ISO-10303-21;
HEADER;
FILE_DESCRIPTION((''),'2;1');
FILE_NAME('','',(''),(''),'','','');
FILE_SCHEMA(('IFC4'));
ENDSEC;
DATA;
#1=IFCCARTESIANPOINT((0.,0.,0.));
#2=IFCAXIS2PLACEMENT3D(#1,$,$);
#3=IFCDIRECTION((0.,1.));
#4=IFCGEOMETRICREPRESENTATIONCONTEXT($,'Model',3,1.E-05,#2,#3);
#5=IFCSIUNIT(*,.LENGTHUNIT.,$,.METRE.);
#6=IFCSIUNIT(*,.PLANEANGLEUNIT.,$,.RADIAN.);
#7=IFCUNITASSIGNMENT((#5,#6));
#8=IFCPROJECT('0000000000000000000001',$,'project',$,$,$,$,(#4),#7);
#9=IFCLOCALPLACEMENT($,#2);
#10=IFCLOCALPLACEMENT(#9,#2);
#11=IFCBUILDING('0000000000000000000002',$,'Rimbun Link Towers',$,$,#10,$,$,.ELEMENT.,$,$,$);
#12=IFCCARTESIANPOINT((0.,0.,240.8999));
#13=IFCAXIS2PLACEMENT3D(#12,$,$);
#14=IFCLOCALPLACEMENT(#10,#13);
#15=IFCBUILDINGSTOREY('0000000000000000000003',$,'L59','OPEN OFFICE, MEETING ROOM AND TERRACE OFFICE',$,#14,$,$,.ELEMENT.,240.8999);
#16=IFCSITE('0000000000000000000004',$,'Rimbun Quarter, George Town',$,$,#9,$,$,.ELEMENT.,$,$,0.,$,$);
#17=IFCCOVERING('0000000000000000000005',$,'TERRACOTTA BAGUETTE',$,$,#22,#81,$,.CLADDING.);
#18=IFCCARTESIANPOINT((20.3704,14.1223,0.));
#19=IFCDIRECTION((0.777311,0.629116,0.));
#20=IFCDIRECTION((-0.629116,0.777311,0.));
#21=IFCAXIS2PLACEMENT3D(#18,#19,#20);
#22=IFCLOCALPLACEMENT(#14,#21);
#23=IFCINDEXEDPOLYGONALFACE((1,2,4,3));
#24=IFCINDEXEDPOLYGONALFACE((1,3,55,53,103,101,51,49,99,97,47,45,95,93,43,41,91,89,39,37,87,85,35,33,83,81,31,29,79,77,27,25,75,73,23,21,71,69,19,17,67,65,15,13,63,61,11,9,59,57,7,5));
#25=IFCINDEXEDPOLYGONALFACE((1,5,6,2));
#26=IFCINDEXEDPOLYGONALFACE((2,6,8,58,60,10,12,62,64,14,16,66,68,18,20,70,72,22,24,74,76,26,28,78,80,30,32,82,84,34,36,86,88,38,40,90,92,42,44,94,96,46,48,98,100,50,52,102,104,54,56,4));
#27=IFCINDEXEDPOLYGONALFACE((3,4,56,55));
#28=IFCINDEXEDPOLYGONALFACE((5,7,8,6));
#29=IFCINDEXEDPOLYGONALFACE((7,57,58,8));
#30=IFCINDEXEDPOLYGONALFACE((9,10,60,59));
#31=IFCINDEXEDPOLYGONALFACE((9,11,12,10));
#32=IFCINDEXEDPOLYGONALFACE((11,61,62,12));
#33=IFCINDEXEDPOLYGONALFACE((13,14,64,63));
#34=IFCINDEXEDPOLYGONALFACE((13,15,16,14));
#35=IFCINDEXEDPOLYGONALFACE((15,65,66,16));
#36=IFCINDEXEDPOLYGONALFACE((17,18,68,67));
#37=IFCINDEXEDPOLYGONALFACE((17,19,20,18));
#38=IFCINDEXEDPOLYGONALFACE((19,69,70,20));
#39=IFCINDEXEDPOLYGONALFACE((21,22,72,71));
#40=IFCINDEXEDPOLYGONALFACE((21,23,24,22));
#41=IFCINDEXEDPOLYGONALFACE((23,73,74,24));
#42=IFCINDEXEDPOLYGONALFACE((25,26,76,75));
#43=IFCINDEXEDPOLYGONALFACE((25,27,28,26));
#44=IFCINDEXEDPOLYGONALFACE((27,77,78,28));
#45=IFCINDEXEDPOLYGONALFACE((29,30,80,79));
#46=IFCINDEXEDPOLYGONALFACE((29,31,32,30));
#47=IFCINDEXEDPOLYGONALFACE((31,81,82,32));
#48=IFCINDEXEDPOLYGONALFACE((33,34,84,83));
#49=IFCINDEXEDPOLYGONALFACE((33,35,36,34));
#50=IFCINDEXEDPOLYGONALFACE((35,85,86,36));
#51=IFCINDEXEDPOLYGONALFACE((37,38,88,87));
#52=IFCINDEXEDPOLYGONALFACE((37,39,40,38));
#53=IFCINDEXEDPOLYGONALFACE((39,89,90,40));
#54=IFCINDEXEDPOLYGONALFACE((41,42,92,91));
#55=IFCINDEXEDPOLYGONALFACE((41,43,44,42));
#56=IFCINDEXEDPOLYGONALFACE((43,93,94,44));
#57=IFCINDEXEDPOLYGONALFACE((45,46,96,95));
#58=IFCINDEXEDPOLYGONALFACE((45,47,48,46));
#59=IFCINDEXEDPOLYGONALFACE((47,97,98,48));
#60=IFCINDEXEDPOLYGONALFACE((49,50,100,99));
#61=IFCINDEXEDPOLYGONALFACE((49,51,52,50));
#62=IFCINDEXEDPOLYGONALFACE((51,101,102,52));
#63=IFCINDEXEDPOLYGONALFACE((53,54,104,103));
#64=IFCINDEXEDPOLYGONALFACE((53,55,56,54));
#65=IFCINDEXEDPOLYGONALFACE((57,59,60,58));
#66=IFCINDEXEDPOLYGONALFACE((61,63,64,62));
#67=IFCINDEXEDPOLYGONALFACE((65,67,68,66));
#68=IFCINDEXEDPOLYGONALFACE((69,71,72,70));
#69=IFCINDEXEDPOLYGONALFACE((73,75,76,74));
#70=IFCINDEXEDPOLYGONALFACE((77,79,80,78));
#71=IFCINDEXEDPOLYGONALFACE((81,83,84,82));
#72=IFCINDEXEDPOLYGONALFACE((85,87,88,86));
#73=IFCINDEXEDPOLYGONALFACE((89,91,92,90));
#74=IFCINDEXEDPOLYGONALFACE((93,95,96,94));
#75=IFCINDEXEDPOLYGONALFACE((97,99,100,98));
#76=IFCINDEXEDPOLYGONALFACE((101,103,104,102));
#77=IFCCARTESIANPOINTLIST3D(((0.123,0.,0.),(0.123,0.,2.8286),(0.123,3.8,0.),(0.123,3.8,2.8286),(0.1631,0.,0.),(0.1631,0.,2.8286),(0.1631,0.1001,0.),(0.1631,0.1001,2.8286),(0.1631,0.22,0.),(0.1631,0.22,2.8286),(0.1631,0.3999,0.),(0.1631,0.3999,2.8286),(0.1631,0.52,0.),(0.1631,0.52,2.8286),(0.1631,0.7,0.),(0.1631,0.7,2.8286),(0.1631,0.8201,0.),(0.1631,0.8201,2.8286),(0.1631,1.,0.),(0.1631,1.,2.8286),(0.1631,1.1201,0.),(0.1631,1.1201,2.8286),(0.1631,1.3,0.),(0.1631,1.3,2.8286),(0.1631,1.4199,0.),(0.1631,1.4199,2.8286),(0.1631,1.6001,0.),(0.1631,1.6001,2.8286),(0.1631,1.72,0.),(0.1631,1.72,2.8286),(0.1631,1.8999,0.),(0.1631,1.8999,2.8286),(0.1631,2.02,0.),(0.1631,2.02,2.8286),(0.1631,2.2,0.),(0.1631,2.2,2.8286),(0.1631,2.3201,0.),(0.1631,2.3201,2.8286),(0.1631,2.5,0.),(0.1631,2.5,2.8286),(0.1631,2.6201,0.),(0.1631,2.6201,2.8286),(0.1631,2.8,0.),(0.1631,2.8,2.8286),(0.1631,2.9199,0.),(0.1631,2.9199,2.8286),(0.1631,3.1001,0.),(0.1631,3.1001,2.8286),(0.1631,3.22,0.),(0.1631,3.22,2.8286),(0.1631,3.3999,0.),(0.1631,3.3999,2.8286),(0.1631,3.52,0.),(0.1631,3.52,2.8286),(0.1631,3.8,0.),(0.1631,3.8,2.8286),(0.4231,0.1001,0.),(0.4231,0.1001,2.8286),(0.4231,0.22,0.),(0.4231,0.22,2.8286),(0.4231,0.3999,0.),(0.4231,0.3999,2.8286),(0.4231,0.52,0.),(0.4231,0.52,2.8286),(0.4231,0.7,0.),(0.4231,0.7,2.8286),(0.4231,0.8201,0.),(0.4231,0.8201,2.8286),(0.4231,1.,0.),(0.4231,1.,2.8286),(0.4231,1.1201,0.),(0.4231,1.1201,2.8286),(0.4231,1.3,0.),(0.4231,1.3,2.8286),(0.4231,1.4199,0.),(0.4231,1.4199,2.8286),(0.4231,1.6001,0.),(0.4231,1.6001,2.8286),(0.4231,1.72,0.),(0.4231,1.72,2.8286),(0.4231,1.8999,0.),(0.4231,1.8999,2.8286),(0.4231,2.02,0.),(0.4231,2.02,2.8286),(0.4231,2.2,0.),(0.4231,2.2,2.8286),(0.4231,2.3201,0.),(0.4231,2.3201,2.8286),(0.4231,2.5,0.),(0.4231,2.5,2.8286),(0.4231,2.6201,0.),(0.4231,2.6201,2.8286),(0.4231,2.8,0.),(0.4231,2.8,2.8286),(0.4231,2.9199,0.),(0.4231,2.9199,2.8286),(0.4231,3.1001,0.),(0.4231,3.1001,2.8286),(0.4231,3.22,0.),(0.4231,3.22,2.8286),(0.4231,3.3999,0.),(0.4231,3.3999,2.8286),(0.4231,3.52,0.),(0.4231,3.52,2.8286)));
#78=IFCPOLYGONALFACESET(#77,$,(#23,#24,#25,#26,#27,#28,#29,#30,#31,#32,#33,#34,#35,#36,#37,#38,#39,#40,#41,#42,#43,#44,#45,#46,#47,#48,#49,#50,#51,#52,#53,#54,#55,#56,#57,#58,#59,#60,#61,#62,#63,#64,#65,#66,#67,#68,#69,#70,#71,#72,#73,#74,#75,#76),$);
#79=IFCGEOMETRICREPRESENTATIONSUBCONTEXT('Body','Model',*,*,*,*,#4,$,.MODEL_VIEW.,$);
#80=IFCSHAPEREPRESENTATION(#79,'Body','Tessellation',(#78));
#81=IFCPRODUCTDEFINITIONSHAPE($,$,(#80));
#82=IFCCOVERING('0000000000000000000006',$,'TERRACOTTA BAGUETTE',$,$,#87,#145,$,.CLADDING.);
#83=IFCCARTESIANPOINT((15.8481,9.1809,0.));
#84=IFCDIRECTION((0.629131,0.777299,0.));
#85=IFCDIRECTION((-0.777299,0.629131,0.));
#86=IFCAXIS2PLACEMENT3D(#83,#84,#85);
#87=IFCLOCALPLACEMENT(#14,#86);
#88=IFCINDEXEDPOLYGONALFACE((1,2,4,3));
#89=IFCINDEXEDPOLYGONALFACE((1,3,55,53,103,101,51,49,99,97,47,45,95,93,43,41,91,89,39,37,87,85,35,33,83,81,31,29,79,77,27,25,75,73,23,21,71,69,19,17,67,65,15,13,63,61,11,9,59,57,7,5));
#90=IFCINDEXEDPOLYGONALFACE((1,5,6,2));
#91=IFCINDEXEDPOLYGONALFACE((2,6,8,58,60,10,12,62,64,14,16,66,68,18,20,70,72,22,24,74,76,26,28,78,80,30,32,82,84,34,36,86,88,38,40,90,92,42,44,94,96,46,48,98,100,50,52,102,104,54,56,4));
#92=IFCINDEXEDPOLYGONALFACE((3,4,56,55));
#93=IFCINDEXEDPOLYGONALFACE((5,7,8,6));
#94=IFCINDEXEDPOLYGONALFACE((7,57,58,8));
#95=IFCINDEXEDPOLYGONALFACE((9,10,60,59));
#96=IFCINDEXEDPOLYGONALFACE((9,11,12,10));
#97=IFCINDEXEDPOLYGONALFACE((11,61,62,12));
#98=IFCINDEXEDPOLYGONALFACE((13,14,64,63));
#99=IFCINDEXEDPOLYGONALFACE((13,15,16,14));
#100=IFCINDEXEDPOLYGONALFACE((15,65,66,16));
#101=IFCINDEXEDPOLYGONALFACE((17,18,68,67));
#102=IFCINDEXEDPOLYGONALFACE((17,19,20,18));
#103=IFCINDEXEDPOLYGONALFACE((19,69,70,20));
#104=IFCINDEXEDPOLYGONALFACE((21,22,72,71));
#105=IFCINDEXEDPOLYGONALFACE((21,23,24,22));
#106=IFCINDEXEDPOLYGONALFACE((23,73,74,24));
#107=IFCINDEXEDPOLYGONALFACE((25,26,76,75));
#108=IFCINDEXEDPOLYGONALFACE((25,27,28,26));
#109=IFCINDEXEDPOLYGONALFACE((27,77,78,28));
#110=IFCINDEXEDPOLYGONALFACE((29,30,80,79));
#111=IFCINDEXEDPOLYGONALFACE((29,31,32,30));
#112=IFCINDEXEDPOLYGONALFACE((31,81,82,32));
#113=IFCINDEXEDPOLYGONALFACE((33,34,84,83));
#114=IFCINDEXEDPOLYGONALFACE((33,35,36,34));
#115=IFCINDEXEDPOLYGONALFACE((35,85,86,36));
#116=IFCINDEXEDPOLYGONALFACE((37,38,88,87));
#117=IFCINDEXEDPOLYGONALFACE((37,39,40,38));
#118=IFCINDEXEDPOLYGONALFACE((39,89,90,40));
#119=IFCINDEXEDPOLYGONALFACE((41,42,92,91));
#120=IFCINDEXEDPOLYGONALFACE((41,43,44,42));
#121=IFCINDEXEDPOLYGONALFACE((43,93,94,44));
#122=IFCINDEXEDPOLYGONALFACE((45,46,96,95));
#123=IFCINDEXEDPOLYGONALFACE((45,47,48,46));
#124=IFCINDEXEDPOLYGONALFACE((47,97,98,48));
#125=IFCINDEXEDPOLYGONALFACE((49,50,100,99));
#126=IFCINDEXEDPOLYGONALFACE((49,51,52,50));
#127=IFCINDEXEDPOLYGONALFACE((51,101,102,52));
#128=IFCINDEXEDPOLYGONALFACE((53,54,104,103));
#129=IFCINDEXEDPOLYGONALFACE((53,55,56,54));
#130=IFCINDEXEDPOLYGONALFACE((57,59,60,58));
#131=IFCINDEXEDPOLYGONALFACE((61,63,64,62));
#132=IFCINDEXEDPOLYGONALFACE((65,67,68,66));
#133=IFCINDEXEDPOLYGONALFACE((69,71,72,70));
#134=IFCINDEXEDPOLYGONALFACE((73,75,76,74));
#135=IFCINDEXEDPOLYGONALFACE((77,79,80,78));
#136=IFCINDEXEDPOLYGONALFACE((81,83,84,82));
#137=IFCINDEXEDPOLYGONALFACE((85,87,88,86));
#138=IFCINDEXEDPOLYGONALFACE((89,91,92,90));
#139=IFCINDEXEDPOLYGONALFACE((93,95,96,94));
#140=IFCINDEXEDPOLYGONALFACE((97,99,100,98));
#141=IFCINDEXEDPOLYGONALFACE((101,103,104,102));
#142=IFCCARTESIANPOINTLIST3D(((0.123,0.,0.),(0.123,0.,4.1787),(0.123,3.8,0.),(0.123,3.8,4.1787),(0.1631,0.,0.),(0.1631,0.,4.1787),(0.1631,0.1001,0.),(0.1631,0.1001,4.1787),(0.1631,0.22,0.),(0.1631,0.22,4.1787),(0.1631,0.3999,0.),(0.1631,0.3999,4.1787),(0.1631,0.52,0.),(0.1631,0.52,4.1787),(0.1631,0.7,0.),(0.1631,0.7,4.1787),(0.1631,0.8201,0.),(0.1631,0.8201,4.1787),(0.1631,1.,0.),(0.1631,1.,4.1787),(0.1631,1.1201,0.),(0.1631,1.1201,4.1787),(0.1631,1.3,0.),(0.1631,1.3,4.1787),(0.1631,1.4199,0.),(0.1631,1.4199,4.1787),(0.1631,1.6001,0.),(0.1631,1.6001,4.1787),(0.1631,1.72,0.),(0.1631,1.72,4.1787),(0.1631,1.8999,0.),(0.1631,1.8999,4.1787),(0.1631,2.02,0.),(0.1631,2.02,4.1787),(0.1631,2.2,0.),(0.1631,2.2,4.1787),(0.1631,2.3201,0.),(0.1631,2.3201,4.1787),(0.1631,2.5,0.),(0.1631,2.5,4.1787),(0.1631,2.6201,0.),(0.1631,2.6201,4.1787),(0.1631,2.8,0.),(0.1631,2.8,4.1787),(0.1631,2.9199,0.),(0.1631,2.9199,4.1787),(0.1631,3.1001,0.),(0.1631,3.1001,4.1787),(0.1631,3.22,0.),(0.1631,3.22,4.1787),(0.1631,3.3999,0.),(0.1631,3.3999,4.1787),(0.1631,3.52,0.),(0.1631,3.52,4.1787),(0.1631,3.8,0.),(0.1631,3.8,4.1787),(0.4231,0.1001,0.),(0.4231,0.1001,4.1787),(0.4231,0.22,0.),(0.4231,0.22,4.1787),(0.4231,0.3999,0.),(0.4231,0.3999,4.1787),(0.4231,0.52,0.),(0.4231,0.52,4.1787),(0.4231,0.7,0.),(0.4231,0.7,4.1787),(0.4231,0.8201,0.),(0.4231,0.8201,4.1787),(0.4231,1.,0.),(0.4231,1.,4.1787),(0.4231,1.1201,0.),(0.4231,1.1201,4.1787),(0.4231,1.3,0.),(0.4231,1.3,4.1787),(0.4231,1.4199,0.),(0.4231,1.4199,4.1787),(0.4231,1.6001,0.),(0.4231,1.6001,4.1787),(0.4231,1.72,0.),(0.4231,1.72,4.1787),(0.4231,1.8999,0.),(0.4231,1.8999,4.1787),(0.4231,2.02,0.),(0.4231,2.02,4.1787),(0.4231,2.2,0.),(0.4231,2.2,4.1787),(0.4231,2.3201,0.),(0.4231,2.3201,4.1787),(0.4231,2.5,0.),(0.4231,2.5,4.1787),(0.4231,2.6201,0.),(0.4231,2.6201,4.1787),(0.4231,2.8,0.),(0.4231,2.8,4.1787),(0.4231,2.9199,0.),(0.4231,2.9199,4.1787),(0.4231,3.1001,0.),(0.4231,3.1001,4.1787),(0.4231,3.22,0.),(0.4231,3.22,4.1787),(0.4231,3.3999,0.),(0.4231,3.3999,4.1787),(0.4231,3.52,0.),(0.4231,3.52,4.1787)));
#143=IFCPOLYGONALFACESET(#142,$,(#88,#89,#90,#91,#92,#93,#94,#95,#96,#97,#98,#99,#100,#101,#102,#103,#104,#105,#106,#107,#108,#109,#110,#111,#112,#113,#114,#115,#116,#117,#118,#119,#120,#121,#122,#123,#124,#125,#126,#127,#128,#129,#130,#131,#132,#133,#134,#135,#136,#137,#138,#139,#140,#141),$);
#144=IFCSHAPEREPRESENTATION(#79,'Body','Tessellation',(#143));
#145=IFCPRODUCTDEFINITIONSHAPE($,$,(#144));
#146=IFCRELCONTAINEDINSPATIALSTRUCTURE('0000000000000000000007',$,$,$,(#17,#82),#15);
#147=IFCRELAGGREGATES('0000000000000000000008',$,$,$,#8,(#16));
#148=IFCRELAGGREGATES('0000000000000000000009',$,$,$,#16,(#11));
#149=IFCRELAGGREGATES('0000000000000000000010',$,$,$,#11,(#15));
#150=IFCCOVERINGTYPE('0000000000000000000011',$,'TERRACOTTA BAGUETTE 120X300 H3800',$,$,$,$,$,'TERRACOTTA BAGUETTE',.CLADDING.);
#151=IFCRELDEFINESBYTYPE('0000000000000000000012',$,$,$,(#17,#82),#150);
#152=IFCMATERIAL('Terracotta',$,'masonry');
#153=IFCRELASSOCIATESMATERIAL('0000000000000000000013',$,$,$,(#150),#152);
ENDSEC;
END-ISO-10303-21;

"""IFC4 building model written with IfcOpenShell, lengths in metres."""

from ifc_helpers import new_model, si_unit, direction, frame, origin, place, context, subcontext, project, spatial, polyline, outline, extrude, material, material_profile, profile_set, type_object, element, save


model = new_model("IFC4")

# Units and contexts
model_context = context("Model", 3, precision=1e-05, world=origin(), true_north=direction((0.0, 1.0)))
body_context = subcontext(model_context, "Body", "Model", "MODEL_VIEW")
ifc_project = project(units=[si_unit("LENGTHUNIT", "METRE"), si_unit("PLANEANGLEUNIT", "RADIAN")], contexts=[model_context])

# Site, building, storey
site_placement = place(None, origin())
site = spatial("IfcSite", under=ifc_project, at=site_placement, Name="Rimbun Quarter, George Town", CompositionType="ELEMENT", RefElevation=0.0)
building_placement = place(site_placement, origin())
building = spatial("IfcBuilding", under=site, at=building_placement, Name="Rimbun Link Towers", CompositionType="ELEMENT")
storey_placement = place(building_placement, frame((0.0, 0.0, 240.8999)))
storey = spatial("IfcBuildingStorey", under=building, at=storey_placement, Name="L59", Description="OPEN OFFICE, MEETING ROOM AND TERRACE OFFICE", CompositionType="ELEMENT", Elevation=240.8999)

# Coverings
ifc_material_1 = material(Name="Terracotta", Category="masonry")
ifc_material_profile_1 = material_profile(ifc_material_1, outline(polyline([(0.123, 0.0), (0.1631, 0.0), (0.1631, 0.1001), (0.4231, 0.1001), (0.4231, 0.22), (0.1631, 0.22), (0.1631, 0.3999), (0.4231, 0.3999), (0.4231, 0.52), (0.1631, 0.52), (0.1631, 0.7), (0.4231, 0.7), (0.4231, 0.8201), (0.1631, 0.8201), (0.1631, 1.0), (0.4231, 1.0), (0.4231, 1.1201), (0.1631, 1.1201), (0.1631, 1.3), (0.4231, 1.3), (0.4231, 1.4199), (0.1631, 1.4199), (0.1631, 1.6001), (0.4231, 1.6001), (0.4231, 1.72), (0.1631, 1.72), (0.1631, 1.8999), (0.4231, 1.8999), (0.4231, 2.02), (0.1631, 2.02), (0.1631, 2.2), (0.4231, 2.2), (0.4231, 2.3201), (0.1631, 2.3201), (0.1631, 2.5), (0.4231, 2.5), (0.4231, 2.6201), (0.1631, 2.6201), (0.1631, 2.8), (0.4231, 2.8), (0.4231, 2.9199), (0.1631, 2.9199), (0.1631, 3.1001), (0.4231, 3.1001), (0.4231, 3.22), (0.1631, 3.22), (0.1631, 3.3999), (0.4231, 3.3999), (0.4231, 3.52), (0.1631, 3.52), (0.1631, 3.8), (0.123, 3.8), (0.123, 0.0)])), Name="BAGUETTE 120X300")
ifc_profile_set_1 = profile_set([ifc_material_profile_1], Name="Terracotta")
covering_type = type_object("IfcCoveringType", Name="TERRACOTTA BAGUETTE 120X300 H3800", ElementType="TERRACOTTA BAGUETTE", PredefinedType="CLADDING", material=ifc_profile_set_1)
covering_1_placement = place(storey_placement, frame((20.3704, 14.1223, 0.0), z_axis=(0.777311, 0.629116, 0.0), x_axis=(-0.629116, 0.777311, 0.0)))
element("IfcCovering", 1, at=covering_1_placement, inside=storey, type_object=covering_type, Name="TERRACOTTA BAGUETTE", PredefinedType="CLADDING", context=body_context, shape_type="SweptSolid", body=[
    extrude(outline(polyline([(0.123, 0.0), (0.1631, 0.0), (0.1631, 0.1001), (0.4231, 0.1001), (0.4231, 0.22), (0.1631, 0.22), (0.1631, 0.3999), (0.4231, 0.3999), (0.4231, 0.52), (0.1631, 0.52), (0.1631, 0.7), (0.4231, 0.7), (0.4231, 0.8201), (0.1631, 0.8201), (0.1631, 1.0), (0.4231, 1.0), (0.4231, 1.1201), (0.1631, 1.1201), (0.1631, 1.3), (0.4231, 1.3), (0.4231, 1.4199), (0.1631, 1.4199), (0.1631, 1.6001), (0.4231, 1.6001), (0.4231, 1.72), (0.1631, 1.72), (0.1631, 1.8999), (0.4231, 1.8999), (0.4231, 2.02), (0.1631, 2.02), (0.1631, 2.2), (0.4231, 2.2), (0.4231, 2.3201), (0.1631, 2.3201), (0.1631, 2.5), (0.4231, 2.5), (0.4231, 2.6201), (0.1631, 2.6201), (0.1631, 2.8), (0.4231, 2.8), (0.4231, 2.9199), (0.1631, 2.9199), (0.1631, 3.1001), (0.4231, 3.1001), (0.4231, 3.22), (0.1631, 3.22), (0.1631, 3.3999), (0.4231, 3.3999), (0.4231, 3.52), (0.1631, 3.52), (0.1631, 3.8), (0.123, 3.8), (0.123, 0.0)])), origin(), (0.0, 0.0, 1.0), 2.8286),
])
covering_2_placement = place(storey_placement, frame((15.8481, 9.1809, 0.0), z_axis=(0.629131, 0.777299, 0.0), x_axis=(-0.777299, 0.629131, 0.0)))
element("IfcCovering", 2, at=covering_2_placement, inside=storey, type_object=covering_type, Name="TERRACOTTA BAGUETTE", PredefinedType="CLADDING", context=body_context, shape_type="SweptSolid", body=[
    extrude(outline(polyline([(0.123, 0.0), (0.1631, 0.0), (0.1631, 0.1001), (0.4231, 0.1001), (0.4231, 0.22), (0.1631, 0.22), (0.1631, 0.3999), (0.4231, 0.3999), (0.4231, 0.52), (0.1631, 0.52), (0.1631, 0.7), (0.4231, 0.7), (0.4231, 0.8201), (0.1631, 0.8201), (0.1631, 1.0), (0.4231, 1.0), (0.4231, 1.1201), (0.1631, 1.1201), (0.1631, 1.3), (0.4231, 1.3), (0.4231, 1.4199), (0.1631, 1.4199), (0.1631, 1.6001), (0.4231, 1.6001), (0.4231, 1.72), (0.1631, 1.72), (0.1631, 1.8999), (0.4231, 1.8999), (0.4231, 2.02), (0.1631, 2.02), (0.1631, 2.2), (0.4231, 2.2), (0.4231, 2.3201), (0.1631, 2.3201), (0.1631, 2.5), (0.4231, 2.5), (0.4231, 2.6201), (0.1631, 2.6201), (0.1631, 2.8), (0.4231, 2.8), (0.4231, 2.9199), (0.1631, 2.9199), (0.1631, 3.1001), (0.4231, 3.1001), (0.4231, 3.22), (0.1631, 3.22), (0.1631, 3.3999), (0.4231, 3.3999), (0.4231, 3.52), (0.1631, 3.52), (0.1631, 3.8), (0.123, 3.8), (0.123, 0.0)])), origin(), (0.0, 0.0, 1.0), 4.1787),
])

save(model, "model.ifc")
